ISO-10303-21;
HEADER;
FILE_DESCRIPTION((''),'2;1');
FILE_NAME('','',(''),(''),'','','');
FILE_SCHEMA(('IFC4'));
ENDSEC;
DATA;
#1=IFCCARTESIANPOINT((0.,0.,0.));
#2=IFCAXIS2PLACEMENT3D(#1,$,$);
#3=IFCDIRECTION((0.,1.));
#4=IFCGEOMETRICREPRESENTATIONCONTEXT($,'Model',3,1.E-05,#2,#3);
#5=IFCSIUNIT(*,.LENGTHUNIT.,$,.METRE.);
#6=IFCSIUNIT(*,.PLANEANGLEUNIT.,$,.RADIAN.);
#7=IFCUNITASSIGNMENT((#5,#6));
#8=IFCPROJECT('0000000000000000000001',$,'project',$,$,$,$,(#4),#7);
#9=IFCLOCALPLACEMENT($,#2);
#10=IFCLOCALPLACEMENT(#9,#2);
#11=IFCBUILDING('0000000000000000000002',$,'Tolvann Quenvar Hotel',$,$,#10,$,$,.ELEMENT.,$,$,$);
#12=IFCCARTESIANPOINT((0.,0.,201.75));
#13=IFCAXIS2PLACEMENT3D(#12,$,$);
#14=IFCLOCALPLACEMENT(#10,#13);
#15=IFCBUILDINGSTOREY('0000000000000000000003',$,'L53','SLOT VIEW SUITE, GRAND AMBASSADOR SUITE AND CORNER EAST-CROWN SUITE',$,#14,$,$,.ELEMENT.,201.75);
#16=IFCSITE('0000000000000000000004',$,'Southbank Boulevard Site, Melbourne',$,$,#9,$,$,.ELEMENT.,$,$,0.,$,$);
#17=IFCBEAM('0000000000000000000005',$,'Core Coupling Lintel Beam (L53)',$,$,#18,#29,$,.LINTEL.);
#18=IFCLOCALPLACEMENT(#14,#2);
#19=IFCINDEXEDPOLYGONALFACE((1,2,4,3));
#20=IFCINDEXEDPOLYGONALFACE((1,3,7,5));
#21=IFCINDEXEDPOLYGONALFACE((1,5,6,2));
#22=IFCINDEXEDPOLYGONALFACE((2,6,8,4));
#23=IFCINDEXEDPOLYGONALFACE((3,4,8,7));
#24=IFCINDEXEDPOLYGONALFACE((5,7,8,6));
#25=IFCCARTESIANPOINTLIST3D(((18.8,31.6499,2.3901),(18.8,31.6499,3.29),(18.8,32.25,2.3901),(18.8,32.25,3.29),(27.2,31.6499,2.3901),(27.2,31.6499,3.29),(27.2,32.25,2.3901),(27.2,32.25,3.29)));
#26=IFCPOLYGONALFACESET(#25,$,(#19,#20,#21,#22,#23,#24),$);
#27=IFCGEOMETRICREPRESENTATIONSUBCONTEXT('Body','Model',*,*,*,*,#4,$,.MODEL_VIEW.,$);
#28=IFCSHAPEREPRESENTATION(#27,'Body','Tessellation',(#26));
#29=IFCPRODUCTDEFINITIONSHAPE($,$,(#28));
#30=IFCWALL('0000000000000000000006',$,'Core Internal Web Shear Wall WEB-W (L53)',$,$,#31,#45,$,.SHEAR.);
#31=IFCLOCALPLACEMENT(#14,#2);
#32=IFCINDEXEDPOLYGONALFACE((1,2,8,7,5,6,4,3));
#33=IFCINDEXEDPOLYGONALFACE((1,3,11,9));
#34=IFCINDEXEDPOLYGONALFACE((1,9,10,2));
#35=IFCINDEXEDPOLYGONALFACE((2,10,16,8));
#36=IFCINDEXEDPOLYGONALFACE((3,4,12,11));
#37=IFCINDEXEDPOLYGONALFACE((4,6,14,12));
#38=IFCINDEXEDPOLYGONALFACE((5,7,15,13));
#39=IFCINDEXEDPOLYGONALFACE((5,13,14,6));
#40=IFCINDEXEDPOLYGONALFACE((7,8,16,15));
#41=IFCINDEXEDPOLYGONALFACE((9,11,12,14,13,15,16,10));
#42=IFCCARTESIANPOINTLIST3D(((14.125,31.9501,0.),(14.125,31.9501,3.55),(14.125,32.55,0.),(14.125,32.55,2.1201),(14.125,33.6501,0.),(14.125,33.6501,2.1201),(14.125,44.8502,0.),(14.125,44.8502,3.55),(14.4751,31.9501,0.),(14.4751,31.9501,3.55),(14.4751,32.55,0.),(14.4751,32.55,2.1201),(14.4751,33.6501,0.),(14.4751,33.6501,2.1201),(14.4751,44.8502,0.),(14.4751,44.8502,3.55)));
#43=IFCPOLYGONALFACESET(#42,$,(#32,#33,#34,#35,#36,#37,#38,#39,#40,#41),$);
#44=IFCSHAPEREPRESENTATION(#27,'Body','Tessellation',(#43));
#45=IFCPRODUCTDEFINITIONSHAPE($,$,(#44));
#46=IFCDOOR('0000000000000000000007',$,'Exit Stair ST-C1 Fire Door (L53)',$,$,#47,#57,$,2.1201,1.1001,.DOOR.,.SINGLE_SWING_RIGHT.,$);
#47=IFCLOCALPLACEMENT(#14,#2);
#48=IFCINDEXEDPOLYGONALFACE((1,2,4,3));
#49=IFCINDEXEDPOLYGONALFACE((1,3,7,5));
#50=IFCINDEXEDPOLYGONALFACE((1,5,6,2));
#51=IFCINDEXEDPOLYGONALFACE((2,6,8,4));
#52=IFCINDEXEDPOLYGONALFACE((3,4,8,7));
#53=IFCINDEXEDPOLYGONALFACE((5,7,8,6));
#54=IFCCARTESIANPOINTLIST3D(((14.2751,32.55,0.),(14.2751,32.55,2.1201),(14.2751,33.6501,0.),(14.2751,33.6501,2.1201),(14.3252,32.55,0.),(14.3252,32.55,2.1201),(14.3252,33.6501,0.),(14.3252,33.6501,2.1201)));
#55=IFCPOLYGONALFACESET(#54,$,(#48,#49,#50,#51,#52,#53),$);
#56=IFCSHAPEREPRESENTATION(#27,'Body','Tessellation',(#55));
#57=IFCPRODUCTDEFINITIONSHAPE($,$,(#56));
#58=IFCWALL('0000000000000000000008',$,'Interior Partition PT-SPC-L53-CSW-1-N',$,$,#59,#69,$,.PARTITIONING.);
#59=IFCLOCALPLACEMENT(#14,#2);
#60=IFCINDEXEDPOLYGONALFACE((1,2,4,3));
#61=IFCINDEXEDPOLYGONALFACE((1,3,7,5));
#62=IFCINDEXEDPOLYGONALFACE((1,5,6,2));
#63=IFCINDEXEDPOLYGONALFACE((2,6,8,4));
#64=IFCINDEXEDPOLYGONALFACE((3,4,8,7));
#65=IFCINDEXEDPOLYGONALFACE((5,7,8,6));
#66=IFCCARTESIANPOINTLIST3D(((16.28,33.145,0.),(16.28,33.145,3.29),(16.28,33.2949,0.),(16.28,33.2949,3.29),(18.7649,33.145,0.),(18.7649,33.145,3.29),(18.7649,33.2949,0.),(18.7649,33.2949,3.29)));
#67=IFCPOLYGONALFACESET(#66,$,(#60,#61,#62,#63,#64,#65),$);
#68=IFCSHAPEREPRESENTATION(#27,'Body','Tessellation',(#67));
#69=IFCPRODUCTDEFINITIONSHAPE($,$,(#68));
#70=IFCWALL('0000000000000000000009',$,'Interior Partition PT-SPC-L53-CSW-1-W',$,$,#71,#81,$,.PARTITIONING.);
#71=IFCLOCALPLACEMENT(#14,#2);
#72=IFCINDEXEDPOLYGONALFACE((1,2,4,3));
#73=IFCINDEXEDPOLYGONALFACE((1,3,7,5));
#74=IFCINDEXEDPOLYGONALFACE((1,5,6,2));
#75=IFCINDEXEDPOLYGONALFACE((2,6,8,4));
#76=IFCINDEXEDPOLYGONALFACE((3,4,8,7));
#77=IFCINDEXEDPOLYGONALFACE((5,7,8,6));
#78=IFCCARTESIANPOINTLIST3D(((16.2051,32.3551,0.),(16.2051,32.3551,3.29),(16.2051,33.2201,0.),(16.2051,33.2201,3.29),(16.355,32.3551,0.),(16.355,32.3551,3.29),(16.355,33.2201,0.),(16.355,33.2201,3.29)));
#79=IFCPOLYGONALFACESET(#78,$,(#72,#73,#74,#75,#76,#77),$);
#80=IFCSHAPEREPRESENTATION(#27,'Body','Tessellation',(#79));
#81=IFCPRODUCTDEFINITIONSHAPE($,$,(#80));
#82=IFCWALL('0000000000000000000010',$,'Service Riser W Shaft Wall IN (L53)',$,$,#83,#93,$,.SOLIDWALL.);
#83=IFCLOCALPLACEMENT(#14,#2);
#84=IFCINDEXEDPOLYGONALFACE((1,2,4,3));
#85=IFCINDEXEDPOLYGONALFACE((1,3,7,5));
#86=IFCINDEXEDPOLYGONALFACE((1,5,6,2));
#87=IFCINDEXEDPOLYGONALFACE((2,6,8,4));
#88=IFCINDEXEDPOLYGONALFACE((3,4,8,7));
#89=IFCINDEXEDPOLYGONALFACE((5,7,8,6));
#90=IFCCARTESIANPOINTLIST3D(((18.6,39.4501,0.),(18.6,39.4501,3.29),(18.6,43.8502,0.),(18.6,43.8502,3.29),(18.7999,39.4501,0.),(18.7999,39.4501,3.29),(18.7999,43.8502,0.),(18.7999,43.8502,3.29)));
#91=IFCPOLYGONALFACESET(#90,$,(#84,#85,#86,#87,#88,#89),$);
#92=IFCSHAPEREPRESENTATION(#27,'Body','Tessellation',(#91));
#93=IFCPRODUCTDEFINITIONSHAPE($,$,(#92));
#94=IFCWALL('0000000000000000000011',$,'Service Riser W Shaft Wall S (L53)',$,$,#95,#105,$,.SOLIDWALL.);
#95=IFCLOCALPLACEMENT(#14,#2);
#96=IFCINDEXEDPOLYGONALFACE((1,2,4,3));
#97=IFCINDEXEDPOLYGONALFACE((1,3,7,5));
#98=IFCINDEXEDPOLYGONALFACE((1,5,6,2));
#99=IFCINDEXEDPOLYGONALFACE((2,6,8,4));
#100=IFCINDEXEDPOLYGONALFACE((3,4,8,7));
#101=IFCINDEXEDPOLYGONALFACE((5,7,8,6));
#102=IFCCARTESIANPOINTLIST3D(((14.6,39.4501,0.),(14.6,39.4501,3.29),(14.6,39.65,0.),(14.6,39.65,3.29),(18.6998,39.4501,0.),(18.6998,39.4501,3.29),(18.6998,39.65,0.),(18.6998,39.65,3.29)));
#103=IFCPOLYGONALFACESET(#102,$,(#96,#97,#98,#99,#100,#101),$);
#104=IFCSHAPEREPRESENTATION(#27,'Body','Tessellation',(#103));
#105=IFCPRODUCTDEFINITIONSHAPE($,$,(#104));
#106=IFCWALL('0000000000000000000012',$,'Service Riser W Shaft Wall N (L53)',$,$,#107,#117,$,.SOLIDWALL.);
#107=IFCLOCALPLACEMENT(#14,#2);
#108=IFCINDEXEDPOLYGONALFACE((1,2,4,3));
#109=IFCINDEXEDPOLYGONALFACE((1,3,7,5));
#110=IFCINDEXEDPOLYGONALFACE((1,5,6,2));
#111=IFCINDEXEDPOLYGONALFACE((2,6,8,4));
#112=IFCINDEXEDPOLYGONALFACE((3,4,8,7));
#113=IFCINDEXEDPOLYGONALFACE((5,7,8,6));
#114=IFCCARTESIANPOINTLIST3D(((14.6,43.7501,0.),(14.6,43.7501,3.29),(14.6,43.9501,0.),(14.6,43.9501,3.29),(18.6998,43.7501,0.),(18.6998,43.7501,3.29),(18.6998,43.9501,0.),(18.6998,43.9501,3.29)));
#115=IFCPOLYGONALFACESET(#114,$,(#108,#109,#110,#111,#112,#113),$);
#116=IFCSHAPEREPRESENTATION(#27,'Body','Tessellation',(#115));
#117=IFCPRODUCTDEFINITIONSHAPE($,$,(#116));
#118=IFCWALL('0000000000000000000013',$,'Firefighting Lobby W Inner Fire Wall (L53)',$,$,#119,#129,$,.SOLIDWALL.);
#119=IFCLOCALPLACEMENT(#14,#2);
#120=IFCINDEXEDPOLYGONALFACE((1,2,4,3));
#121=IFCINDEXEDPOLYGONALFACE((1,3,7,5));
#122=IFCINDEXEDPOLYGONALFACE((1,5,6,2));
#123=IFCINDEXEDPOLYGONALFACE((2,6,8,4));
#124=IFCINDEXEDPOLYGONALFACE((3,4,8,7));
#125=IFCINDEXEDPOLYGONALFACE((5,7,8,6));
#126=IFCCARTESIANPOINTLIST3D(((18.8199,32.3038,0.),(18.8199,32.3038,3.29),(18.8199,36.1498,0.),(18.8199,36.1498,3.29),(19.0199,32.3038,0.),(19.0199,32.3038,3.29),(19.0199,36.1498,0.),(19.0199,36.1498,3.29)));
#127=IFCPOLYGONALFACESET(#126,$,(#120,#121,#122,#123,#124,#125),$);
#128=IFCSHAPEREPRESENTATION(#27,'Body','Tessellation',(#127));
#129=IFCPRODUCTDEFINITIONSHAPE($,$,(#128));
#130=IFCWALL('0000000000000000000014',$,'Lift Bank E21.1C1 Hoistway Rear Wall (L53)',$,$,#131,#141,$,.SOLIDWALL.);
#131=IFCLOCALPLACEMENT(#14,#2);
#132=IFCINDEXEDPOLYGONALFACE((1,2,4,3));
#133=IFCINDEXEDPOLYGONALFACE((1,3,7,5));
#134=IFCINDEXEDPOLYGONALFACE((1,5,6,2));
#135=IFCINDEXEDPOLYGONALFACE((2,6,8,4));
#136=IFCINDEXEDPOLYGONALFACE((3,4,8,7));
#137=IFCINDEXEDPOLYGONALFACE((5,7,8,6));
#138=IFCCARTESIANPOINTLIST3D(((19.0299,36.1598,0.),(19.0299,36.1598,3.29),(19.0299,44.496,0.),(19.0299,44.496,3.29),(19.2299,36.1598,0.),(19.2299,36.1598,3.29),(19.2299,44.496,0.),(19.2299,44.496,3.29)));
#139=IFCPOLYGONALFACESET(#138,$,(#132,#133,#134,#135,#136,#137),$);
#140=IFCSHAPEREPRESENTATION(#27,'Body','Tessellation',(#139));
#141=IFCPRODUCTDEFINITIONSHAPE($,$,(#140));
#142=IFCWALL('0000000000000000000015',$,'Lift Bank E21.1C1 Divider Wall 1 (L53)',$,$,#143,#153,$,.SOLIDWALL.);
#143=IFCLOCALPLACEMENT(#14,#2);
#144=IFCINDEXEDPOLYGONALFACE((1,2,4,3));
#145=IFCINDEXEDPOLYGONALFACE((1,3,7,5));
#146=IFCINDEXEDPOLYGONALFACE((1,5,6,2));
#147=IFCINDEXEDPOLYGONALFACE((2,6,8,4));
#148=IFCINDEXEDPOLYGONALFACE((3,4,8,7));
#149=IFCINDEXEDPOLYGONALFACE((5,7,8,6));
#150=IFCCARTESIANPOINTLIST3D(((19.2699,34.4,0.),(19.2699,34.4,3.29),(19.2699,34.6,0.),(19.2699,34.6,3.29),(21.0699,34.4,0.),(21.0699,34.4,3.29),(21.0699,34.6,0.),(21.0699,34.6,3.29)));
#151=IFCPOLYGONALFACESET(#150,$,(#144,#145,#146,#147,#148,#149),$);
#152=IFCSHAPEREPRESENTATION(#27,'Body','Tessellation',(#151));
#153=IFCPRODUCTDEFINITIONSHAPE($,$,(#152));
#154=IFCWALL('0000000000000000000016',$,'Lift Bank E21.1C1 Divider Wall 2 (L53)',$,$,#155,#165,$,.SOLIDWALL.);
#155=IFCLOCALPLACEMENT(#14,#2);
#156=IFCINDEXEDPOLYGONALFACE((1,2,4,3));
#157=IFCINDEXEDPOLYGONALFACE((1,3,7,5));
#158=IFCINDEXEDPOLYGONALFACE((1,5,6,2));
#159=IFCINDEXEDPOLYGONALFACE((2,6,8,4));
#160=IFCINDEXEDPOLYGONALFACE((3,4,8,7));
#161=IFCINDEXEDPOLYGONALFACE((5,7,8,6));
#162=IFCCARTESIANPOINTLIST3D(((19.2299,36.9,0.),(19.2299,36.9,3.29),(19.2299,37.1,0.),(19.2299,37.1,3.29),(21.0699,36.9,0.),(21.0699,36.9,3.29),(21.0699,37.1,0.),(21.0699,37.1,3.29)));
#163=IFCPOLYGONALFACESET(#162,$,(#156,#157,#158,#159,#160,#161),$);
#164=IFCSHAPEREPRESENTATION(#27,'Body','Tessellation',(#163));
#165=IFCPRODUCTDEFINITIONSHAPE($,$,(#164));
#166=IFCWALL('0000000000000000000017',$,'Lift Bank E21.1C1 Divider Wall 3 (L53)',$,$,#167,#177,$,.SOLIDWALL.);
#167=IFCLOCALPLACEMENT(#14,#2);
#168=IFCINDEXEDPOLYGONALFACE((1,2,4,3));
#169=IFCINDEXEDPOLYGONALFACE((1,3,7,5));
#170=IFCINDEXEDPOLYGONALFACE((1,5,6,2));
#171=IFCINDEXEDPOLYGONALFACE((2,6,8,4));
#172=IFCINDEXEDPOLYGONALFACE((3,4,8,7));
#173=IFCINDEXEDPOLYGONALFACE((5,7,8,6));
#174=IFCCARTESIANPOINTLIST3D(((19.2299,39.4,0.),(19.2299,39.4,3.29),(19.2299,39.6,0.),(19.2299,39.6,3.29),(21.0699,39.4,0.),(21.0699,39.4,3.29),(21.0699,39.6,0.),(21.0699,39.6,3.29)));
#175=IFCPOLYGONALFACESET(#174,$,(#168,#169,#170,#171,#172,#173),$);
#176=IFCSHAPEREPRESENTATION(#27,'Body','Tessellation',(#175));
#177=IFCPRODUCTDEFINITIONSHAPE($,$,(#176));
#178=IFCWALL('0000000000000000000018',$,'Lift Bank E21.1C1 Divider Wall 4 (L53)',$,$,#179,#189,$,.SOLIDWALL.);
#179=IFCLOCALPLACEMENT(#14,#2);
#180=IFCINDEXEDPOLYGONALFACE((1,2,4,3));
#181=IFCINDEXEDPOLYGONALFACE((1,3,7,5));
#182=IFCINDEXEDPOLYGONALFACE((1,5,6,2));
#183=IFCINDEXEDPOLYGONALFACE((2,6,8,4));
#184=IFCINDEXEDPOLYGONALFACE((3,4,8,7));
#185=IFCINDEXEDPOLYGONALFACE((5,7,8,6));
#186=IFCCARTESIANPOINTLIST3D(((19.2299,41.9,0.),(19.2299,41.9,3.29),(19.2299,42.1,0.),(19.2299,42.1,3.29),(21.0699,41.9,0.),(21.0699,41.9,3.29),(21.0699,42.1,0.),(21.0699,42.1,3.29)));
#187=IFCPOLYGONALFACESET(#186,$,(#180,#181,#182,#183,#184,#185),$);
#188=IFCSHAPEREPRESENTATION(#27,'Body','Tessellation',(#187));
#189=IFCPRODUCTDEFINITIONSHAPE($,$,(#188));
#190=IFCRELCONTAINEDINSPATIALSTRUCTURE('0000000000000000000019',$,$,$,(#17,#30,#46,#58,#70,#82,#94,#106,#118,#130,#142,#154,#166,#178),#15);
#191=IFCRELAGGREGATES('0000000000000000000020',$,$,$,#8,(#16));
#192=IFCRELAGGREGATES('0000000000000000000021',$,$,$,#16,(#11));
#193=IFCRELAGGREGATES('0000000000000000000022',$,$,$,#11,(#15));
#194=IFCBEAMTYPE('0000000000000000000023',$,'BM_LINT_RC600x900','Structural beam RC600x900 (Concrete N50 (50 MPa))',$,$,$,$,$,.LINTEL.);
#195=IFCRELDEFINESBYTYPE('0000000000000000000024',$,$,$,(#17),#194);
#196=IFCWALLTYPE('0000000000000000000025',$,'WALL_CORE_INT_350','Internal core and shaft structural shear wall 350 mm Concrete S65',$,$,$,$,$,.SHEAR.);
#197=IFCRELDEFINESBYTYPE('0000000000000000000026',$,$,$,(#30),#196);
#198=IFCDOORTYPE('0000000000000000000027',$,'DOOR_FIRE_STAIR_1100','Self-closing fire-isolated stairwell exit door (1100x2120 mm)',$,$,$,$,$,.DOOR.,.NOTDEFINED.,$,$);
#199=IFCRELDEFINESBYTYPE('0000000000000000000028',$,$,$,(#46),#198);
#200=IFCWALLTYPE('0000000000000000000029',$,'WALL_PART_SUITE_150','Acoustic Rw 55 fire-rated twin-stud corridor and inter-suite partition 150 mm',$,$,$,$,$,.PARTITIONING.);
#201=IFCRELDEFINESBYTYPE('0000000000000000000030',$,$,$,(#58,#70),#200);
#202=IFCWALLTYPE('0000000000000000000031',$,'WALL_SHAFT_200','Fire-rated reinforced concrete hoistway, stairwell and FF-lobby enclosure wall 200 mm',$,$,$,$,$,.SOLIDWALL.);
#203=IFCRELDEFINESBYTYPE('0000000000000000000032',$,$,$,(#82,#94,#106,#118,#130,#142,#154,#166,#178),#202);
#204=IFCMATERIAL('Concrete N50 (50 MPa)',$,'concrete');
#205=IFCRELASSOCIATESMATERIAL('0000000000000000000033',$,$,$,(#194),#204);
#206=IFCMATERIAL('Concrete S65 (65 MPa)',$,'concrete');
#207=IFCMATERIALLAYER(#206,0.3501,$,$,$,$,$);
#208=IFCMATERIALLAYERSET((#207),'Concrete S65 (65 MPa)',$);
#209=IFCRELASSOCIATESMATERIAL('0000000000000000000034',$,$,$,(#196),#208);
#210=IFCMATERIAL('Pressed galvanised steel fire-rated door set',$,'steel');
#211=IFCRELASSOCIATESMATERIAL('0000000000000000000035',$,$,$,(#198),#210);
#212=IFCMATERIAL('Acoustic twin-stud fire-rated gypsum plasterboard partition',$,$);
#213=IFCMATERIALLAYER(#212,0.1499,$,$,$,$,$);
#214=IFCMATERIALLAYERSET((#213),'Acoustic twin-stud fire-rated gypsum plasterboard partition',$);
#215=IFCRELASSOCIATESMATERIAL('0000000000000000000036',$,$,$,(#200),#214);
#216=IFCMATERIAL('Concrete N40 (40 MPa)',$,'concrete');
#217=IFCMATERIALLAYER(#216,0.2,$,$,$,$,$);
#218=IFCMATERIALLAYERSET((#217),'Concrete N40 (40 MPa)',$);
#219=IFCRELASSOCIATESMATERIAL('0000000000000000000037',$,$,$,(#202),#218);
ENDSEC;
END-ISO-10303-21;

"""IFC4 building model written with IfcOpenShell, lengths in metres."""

from ifc_helpers import new_model, si_unit, direction, frame, frame_2d, origin, origin_2d, place, context, subcontext, project, spatial, rectangle, extrude, source, transform, mapped, material, layer, layer_set, material_profile, profile_set, type_object, type_shapes, element, fill, save


model = new_model("IFC4")

# Units and contexts
model_context = context("Model", 3, precision=1e-05, world=origin(), true_north=direction((0.0, 1.0)))
body_context = subcontext(model_context, "Body", "Model", "MODEL_VIEW")
ifc_project = project(units=[si_unit("LENGTHUNIT", "METRE"), si_unit("PLANEANGLEUNIT", "RADIAN")], contexts=[model_context])

# Site, building, storey
site_placement = place(None, origin())
site = spatial("IfcSite", under=ifc_project, at=site_placement, Name="Southbank Boulevard Site, Melbourne", CompositionType="ELEMENT", RefElevation=0.0)
building_placement = place(site_placement, origin())
building = spatial("IfcBuilding", under=site, at=building_placement, Name="Tolvann Quenvar Hotel", CompositionType="ELEMENT")
storey_placement = place(building_placement, frame((0.0, 0.0, 201.75)))
storey = spatial("IfcBuildingStorey", under=building, at=storey_placement, Name="L53", Description="SLOT VIEW SUITE, GRAND AMBASSADOR SUITE AND CORNER EAST-CROWN SUITE", CompositionType="ELEMENT", Elevation=201.75)

# Beam
ifc_material_1 = material(Name="Concrete N50 (50 MPa)", Category="concrete")
ifc_material_profile = material_profile(ifc_material_1, rectangle(XDim=0.6001, YDim=0.8999, at=origin_2d()), Name="RC600x900")
ifc_profile_set = profile_set([ifc_material_profile], Name="Concrete N50 (50 MPa)")
beam_type = type_object("IfcBeamType", Name="BM_LINT_RC600x900", Description="Structural beam RC600x900 (Concrete N50 (50 MPa))", PredefinedType="LINTEL", material=ifc_profile_set)
shared_shape_1 = source(origin(), body_context, "Body", "SweptSolid", [
    extrude(rectangle(XDim=0.6001, YDim=0.8999, at=origin_2d()), origin(), (0.0, 0.0, 1.0), 8.3999),
])
type_shapes(beam_type, [shared_shape_1])
beam_placement = place(storey_placement, frame((18.8, 31.95, 2.8401), z_axis=(1.0, 0.0, 0.0), x_axis=(0.0, 1.0, 0.0)))
element("IfcBeam", 1, at=beam_placement, inside=storey, type_object=beam_type, Name="Core Coupling Lintel Beam (L53)", PredefinedType="LINTEL", context=body_context, shape_type="MappedRepresentation", body=[
    mapped(shared_shape_1, transform((0.0, 0.0, 0.0), x_axis=(1.0, 0.0, 0.0), y_axis=(0.0, 1.0, 0.0), z_axis=(0.0, 0.0, 1.0), scale=1.0)),
])

# Wall, opening, door
ifc_material_2 = material(Name="Concrete S65 (65 MPa)", Category="concrete")
ifc_layer_1 = layer(ifc_material_2, 0.3501)
ifc_layer_set_1 = layer_set([ifc_layer_1], Name="Concrete S65 (65 MPa)")
wall_type_1 = type_object("IfcWallType", Name="WALL_CORE_INT_350", Description="Internal core and shaft structural shear wall 350 mm Concrete S65", PredefinedType="SHEAR", material=ifc_layer_set_1)
wall_1_placement = place(storey_placement, frame((14.3, 31.95, 0.0), z_axis=(0.0, 0.0, 1.0), x_axis=(0.0, 1.0, 0.0)))
wall_1 = element("IfcWall", 2, at=wall_1_placement, inside=storey, type_object=wall_type_1, Name="Core Internal Web Shear Wall WEB-W (L53)", PredefinedType="SHEAR", context=body_context, shape_type="SweptSolid", body=[
    extrude(rectangle(XDim=12.9001, YDim=0.3501, at=frame_2d((6.4502, 0.0))), origin(), (0.0, 0.0, 1.0), 3.55),
])
opening_1_placement = place(wall_1_placement, frame((0.6001, 0.0, 0.0)))
opening_1 = element("IfcOpeningElement", 3, at=opening_1_placement, cuts=wall_1, PredefinedType="OPENING", context=body_context, shape_type="SweptSolid", body=[
    extrude(rectangle(XDim=1.1001, YDim=2.1201, at=frame_2d((0.55, 1.0601))), frame((0.0, 0.1851, 0.0), z_axis=(0.0, -1.0, 0.0), x_axis=(1.0, 0.0, 0.0)), (0.0, 0.0, 1.0), 0.3701),
])
ifc_material_3 = material(Name="Pressed galvanised steel fire-rated door set", Category="steel")
door_type_1 = type_object("IfcDoorType", Name="DOOR_FIRE_STAIR_1100", Description="Self-closing fire-isolated stairwell exit door (1100x2120 mm)", OperationType="NOTDEFINED", PredefinedType="DOOR", material=ifc_material_3)
shared_shape_2 = source(origin(), body_context, "Body", "SweptSolid", [
    extrude(rectangle(XDim=1.1001, YDim=2.1201, at=frame_2d((0.55, 1.0601))), frame((0.0, 0.0249, 0.0), z_axis=(0.0, -1.0, 0.0), x_axis=(1.0, 0.0, 0.0)), (0.0, 0.0, 1.0), 0.05),
])
type_shapes(door_type_1, [shared_shape_2])
door_1_placement = place(opening_1_placement, origin())
door_1 = element("IfcDoor", 4, at=door_1_placement, inside=storey, type_object=door_type_1, Name="Exit Stair ST-C1 Fire Door (L53)", OperationType="SINGLE_SWING_RIGHT", OverallHeight=2.1201, OverallWidth=1.1001, PredefinedType="DOOR", context=body_context, shape_type="MappedRepresentation", body=[
    mapped(shared_shape_2, transform((0.0, 0.0, 0.0), x_axis=(1.0, 0.0, 0.0), y_axis=(0.0, 1.0, 0.0), z_axis=(0.0, 0.0, 1.0), scale=1.0)),
])
fill(opening_1, door_1)

# Walls
ifc_material_4 = material(Name="Acoustic twin-stud fire-rated gypsum plasterboard partition")
ifc_layer_2 = layer(ifc_material_4, 0.1499)
ifc_layer_set_2 = layer_set([ifc_layer_2], Name="Acoustic twin-stud fire-rated gypsum plasterboard partition")
wall_type_2 = type_object("IfcWallType", Name="WALL_PART_SUITE_150", Description="Acoustic Rw 55 fire-rated twin-stud corridor and inter-suite partition 150 mm", PredefinedType="PARTITIONING", material=ifc_layer_set_2)
wall_2_placement = place(storey_placement, frame((16.28, 33.22, 0.0), z_axis=(0.0, 0.0, 1.0), x_axis=(1.0, 0.0, 0.0)))
element("IfcWall", 5, at=wall_2_placement, inside=storey, type_object=wall_type_2, Name="Interior Partition PT-SPC-L53-CSW-1-N", PredefinedType="PARTITIONING", context=body_context, shape_type="SweptSolid", body=[
    extrude(rectangle(XDim=2.4849, YDim=0.1499, at=frame_2d((1.2424, 0.0))), origin(), (0.0, 0.0, 1.0), 3.29),
])
wall_3_placement = place(storey_placement, frame((16.28, 32.355, 0.0), z_axis=(0.0, 0.0, 1.0), x_axis=(0.0, 1.0, 0.0)))
element("IfcWall", 6, at=wall_3_placement, inside=storey, type_object=wall_type_2, Name="Interior Partition PT-SPC-L53-CSW-1-W", PredefinedType="PARTITIONING", context=body_context, shape_type="SweptSolid", body=[
    extrude(rectangle(XDim=0.865, YDim=0.1499, at=frame_2d((0.4326, 0.0))), origin(), (0.0, 0.0, 1.0), 3.29),
])
ifc_material_5 = material(Name="Concrete N40 (40 MPa)", Category="concrete")
ifc_layer_3 = layer(ifc_material_5, 0.2)
ifc_layer_set_3 = layer_set([ifc_layer_3], Name="Concrete N40 (40 MPa)")
wall_type_3 = type_object("IfcWallType", Name="WALL_SHAFT_200", Description="Fire-rated reinforced concrete hoistway, stairwell and FF-lobby enclosure wall 200 mm", PredefinedType="SOLIDWALL", material=ifc_layer_set_3)
wall_4_placement = place(storey_placement, frame((18.7, 39.45, 0.0), z_axis=(0.0, 0.0, 1.0), x_axis=(0.0, 1.0, 0.0)))
element("IfcWall", 7, at=wall_4_placement, inside=storey, type_object=wall_type_3, Name="Service Riser W Shaft Wall IN (L53)", PredefinedType="SOLIDWALL", context=body_context, shape_type="SweptSolid", body=[
    extrude(rectangle(XDim=4.4001, YDim=0.2, at=frame_2d((2.2002, 0.0))), origin(), (0.0, 0.0, 1.0), 3.29),
])
for number, where, z_axis, x_axis, name in (
    (8, (14.6001, 39.55, 0.0), (0.0, 0.0, 1.0), (1.0, 0.0, 0.0), "Service Riser W Shaft Wall S (L53)"),
    (9, (14.6001, 43.8501, 0.0), (0.0, 0.0, 1.0), (1.0, 0.0, 0.0), "Service Riser W Shaft Wall N (L53)"),
):
    element("IfcWall", number, at=place(storey_placement, frame(where, z_axis=z_axis, x_axis=x_axis)), inside=storey, type_object=wall_type_3, Name=name, PredefinedType="SOLIDWALL", context=body_context, shape_type="SweptSolid", body=[
        extrude(rectangle(XDim=4.0999, YDim=0.2, at=frame_2d((2.0498, 0.0))), origin(), (0.0, 0.0, 1.0), 3.29),
    ])
wall_5_placement = place(storey_placement, frame((18.9199, 32.304, 0.0), z_axis=(0.0, 0.0, 1.0), x_axis=(0.0, 1.0, 0.0)))
element("IfcWall", 10, at=wall_5_placement, inside=storey, type_object=wall_type_3, Name="Firefighting Lobby W Inner Fire Wall (L53)", PredefinedType="SOLIDWALL", context=body_context, shape_type="SweptSolid", body=[
    extrude(rectangle(XDim=3.8459, YDim=0.2, at=frame_2d((1.9229, 0.0))), origin(), (0.0, 0.0, 1.0), 3.29),
])

# Walls
wall_6_placement = place(storey_placement, frame((19.1299, 36.1599, 0.0), z_axis=(0.0, 0.0, 1.0), x_axis=(0.0, 1.0, 0.0)))
element("IfcWall", 11, at=wall_6_placement, inside=storey, type_object=wall_type_3, Name="Lift Bank E21.1C1 Hoistway Rear Wall (L53)", PredefinedType="SOLIDWALL", context=body_context, shape_type="SweptSolid", body=[
    extrude(rectangle(XDim=8.3362, YDim=0.2, at=frame_2d((4.168, 0.0))), origin(), (0.0, 0.0, 1.0), 3.29),
])
wall_7_placement = place(storey_placement, frame((19.27, 34.5, 0.0), z_axis=(0.0, 0.0, 1.0), x_axis=(1.0, 0.0, 0.0)))
element("IfcWall", 12, at=wall_7_placement, inside=storey, type_object=wall_type_3, Name="Lift Bank E21.1C1 Divider Wall 1 (L53)", PredefinedType="SOLIDWALL", context=body_context, shape_type="SweptSolid", body=[
    extrude(rectangle(XDim=1.8, YDim=0.2, at=frame_2d((0.8999, 0.0))), origin(), (0.0, 0.0, 1.0), 3.29),
])
for number, where, z_axis, x_axis, name in (
    (13, (19.23, 37.0, 0.0), (0.0, 0.0, 1.0), (1.0, 0.0, 0.0), "Lift Bank E21.1C1 Divider Wall 2 (L53)"),
    (14, (19.23, 39.5, 0.0), (0.0, 0.0, 1.0), (1.0, 0.0, 0.0), "Lift Bank E21.1C1 Divider Wall 3 (L53)"),
    (15, (19.23, 42.0, 0.0), (0.0, 0.0, 1.0), (1.0, 0.0, 0.0), "Lift Bank E21.1C1 Divider Wall 4 (L53)"),
):
    element("IfcWall", number, at=place(storey_placement, frame(where, z_axis=z_axis, x_axis=x_axis)), inside=storey, type_object=wall_type_3, Name=name, PredefinedType="SOLIDWALL", context=body_context, shape_type="SweptSolid", body=[
        extrude(rectangle(XDim=1.8401, YDim=0.2, at=frame_2d((0.9199, 0.0))), origin(), (0.0, 0.0, 1.0), 3.29),
    ])

save(model, "model.ifc")
